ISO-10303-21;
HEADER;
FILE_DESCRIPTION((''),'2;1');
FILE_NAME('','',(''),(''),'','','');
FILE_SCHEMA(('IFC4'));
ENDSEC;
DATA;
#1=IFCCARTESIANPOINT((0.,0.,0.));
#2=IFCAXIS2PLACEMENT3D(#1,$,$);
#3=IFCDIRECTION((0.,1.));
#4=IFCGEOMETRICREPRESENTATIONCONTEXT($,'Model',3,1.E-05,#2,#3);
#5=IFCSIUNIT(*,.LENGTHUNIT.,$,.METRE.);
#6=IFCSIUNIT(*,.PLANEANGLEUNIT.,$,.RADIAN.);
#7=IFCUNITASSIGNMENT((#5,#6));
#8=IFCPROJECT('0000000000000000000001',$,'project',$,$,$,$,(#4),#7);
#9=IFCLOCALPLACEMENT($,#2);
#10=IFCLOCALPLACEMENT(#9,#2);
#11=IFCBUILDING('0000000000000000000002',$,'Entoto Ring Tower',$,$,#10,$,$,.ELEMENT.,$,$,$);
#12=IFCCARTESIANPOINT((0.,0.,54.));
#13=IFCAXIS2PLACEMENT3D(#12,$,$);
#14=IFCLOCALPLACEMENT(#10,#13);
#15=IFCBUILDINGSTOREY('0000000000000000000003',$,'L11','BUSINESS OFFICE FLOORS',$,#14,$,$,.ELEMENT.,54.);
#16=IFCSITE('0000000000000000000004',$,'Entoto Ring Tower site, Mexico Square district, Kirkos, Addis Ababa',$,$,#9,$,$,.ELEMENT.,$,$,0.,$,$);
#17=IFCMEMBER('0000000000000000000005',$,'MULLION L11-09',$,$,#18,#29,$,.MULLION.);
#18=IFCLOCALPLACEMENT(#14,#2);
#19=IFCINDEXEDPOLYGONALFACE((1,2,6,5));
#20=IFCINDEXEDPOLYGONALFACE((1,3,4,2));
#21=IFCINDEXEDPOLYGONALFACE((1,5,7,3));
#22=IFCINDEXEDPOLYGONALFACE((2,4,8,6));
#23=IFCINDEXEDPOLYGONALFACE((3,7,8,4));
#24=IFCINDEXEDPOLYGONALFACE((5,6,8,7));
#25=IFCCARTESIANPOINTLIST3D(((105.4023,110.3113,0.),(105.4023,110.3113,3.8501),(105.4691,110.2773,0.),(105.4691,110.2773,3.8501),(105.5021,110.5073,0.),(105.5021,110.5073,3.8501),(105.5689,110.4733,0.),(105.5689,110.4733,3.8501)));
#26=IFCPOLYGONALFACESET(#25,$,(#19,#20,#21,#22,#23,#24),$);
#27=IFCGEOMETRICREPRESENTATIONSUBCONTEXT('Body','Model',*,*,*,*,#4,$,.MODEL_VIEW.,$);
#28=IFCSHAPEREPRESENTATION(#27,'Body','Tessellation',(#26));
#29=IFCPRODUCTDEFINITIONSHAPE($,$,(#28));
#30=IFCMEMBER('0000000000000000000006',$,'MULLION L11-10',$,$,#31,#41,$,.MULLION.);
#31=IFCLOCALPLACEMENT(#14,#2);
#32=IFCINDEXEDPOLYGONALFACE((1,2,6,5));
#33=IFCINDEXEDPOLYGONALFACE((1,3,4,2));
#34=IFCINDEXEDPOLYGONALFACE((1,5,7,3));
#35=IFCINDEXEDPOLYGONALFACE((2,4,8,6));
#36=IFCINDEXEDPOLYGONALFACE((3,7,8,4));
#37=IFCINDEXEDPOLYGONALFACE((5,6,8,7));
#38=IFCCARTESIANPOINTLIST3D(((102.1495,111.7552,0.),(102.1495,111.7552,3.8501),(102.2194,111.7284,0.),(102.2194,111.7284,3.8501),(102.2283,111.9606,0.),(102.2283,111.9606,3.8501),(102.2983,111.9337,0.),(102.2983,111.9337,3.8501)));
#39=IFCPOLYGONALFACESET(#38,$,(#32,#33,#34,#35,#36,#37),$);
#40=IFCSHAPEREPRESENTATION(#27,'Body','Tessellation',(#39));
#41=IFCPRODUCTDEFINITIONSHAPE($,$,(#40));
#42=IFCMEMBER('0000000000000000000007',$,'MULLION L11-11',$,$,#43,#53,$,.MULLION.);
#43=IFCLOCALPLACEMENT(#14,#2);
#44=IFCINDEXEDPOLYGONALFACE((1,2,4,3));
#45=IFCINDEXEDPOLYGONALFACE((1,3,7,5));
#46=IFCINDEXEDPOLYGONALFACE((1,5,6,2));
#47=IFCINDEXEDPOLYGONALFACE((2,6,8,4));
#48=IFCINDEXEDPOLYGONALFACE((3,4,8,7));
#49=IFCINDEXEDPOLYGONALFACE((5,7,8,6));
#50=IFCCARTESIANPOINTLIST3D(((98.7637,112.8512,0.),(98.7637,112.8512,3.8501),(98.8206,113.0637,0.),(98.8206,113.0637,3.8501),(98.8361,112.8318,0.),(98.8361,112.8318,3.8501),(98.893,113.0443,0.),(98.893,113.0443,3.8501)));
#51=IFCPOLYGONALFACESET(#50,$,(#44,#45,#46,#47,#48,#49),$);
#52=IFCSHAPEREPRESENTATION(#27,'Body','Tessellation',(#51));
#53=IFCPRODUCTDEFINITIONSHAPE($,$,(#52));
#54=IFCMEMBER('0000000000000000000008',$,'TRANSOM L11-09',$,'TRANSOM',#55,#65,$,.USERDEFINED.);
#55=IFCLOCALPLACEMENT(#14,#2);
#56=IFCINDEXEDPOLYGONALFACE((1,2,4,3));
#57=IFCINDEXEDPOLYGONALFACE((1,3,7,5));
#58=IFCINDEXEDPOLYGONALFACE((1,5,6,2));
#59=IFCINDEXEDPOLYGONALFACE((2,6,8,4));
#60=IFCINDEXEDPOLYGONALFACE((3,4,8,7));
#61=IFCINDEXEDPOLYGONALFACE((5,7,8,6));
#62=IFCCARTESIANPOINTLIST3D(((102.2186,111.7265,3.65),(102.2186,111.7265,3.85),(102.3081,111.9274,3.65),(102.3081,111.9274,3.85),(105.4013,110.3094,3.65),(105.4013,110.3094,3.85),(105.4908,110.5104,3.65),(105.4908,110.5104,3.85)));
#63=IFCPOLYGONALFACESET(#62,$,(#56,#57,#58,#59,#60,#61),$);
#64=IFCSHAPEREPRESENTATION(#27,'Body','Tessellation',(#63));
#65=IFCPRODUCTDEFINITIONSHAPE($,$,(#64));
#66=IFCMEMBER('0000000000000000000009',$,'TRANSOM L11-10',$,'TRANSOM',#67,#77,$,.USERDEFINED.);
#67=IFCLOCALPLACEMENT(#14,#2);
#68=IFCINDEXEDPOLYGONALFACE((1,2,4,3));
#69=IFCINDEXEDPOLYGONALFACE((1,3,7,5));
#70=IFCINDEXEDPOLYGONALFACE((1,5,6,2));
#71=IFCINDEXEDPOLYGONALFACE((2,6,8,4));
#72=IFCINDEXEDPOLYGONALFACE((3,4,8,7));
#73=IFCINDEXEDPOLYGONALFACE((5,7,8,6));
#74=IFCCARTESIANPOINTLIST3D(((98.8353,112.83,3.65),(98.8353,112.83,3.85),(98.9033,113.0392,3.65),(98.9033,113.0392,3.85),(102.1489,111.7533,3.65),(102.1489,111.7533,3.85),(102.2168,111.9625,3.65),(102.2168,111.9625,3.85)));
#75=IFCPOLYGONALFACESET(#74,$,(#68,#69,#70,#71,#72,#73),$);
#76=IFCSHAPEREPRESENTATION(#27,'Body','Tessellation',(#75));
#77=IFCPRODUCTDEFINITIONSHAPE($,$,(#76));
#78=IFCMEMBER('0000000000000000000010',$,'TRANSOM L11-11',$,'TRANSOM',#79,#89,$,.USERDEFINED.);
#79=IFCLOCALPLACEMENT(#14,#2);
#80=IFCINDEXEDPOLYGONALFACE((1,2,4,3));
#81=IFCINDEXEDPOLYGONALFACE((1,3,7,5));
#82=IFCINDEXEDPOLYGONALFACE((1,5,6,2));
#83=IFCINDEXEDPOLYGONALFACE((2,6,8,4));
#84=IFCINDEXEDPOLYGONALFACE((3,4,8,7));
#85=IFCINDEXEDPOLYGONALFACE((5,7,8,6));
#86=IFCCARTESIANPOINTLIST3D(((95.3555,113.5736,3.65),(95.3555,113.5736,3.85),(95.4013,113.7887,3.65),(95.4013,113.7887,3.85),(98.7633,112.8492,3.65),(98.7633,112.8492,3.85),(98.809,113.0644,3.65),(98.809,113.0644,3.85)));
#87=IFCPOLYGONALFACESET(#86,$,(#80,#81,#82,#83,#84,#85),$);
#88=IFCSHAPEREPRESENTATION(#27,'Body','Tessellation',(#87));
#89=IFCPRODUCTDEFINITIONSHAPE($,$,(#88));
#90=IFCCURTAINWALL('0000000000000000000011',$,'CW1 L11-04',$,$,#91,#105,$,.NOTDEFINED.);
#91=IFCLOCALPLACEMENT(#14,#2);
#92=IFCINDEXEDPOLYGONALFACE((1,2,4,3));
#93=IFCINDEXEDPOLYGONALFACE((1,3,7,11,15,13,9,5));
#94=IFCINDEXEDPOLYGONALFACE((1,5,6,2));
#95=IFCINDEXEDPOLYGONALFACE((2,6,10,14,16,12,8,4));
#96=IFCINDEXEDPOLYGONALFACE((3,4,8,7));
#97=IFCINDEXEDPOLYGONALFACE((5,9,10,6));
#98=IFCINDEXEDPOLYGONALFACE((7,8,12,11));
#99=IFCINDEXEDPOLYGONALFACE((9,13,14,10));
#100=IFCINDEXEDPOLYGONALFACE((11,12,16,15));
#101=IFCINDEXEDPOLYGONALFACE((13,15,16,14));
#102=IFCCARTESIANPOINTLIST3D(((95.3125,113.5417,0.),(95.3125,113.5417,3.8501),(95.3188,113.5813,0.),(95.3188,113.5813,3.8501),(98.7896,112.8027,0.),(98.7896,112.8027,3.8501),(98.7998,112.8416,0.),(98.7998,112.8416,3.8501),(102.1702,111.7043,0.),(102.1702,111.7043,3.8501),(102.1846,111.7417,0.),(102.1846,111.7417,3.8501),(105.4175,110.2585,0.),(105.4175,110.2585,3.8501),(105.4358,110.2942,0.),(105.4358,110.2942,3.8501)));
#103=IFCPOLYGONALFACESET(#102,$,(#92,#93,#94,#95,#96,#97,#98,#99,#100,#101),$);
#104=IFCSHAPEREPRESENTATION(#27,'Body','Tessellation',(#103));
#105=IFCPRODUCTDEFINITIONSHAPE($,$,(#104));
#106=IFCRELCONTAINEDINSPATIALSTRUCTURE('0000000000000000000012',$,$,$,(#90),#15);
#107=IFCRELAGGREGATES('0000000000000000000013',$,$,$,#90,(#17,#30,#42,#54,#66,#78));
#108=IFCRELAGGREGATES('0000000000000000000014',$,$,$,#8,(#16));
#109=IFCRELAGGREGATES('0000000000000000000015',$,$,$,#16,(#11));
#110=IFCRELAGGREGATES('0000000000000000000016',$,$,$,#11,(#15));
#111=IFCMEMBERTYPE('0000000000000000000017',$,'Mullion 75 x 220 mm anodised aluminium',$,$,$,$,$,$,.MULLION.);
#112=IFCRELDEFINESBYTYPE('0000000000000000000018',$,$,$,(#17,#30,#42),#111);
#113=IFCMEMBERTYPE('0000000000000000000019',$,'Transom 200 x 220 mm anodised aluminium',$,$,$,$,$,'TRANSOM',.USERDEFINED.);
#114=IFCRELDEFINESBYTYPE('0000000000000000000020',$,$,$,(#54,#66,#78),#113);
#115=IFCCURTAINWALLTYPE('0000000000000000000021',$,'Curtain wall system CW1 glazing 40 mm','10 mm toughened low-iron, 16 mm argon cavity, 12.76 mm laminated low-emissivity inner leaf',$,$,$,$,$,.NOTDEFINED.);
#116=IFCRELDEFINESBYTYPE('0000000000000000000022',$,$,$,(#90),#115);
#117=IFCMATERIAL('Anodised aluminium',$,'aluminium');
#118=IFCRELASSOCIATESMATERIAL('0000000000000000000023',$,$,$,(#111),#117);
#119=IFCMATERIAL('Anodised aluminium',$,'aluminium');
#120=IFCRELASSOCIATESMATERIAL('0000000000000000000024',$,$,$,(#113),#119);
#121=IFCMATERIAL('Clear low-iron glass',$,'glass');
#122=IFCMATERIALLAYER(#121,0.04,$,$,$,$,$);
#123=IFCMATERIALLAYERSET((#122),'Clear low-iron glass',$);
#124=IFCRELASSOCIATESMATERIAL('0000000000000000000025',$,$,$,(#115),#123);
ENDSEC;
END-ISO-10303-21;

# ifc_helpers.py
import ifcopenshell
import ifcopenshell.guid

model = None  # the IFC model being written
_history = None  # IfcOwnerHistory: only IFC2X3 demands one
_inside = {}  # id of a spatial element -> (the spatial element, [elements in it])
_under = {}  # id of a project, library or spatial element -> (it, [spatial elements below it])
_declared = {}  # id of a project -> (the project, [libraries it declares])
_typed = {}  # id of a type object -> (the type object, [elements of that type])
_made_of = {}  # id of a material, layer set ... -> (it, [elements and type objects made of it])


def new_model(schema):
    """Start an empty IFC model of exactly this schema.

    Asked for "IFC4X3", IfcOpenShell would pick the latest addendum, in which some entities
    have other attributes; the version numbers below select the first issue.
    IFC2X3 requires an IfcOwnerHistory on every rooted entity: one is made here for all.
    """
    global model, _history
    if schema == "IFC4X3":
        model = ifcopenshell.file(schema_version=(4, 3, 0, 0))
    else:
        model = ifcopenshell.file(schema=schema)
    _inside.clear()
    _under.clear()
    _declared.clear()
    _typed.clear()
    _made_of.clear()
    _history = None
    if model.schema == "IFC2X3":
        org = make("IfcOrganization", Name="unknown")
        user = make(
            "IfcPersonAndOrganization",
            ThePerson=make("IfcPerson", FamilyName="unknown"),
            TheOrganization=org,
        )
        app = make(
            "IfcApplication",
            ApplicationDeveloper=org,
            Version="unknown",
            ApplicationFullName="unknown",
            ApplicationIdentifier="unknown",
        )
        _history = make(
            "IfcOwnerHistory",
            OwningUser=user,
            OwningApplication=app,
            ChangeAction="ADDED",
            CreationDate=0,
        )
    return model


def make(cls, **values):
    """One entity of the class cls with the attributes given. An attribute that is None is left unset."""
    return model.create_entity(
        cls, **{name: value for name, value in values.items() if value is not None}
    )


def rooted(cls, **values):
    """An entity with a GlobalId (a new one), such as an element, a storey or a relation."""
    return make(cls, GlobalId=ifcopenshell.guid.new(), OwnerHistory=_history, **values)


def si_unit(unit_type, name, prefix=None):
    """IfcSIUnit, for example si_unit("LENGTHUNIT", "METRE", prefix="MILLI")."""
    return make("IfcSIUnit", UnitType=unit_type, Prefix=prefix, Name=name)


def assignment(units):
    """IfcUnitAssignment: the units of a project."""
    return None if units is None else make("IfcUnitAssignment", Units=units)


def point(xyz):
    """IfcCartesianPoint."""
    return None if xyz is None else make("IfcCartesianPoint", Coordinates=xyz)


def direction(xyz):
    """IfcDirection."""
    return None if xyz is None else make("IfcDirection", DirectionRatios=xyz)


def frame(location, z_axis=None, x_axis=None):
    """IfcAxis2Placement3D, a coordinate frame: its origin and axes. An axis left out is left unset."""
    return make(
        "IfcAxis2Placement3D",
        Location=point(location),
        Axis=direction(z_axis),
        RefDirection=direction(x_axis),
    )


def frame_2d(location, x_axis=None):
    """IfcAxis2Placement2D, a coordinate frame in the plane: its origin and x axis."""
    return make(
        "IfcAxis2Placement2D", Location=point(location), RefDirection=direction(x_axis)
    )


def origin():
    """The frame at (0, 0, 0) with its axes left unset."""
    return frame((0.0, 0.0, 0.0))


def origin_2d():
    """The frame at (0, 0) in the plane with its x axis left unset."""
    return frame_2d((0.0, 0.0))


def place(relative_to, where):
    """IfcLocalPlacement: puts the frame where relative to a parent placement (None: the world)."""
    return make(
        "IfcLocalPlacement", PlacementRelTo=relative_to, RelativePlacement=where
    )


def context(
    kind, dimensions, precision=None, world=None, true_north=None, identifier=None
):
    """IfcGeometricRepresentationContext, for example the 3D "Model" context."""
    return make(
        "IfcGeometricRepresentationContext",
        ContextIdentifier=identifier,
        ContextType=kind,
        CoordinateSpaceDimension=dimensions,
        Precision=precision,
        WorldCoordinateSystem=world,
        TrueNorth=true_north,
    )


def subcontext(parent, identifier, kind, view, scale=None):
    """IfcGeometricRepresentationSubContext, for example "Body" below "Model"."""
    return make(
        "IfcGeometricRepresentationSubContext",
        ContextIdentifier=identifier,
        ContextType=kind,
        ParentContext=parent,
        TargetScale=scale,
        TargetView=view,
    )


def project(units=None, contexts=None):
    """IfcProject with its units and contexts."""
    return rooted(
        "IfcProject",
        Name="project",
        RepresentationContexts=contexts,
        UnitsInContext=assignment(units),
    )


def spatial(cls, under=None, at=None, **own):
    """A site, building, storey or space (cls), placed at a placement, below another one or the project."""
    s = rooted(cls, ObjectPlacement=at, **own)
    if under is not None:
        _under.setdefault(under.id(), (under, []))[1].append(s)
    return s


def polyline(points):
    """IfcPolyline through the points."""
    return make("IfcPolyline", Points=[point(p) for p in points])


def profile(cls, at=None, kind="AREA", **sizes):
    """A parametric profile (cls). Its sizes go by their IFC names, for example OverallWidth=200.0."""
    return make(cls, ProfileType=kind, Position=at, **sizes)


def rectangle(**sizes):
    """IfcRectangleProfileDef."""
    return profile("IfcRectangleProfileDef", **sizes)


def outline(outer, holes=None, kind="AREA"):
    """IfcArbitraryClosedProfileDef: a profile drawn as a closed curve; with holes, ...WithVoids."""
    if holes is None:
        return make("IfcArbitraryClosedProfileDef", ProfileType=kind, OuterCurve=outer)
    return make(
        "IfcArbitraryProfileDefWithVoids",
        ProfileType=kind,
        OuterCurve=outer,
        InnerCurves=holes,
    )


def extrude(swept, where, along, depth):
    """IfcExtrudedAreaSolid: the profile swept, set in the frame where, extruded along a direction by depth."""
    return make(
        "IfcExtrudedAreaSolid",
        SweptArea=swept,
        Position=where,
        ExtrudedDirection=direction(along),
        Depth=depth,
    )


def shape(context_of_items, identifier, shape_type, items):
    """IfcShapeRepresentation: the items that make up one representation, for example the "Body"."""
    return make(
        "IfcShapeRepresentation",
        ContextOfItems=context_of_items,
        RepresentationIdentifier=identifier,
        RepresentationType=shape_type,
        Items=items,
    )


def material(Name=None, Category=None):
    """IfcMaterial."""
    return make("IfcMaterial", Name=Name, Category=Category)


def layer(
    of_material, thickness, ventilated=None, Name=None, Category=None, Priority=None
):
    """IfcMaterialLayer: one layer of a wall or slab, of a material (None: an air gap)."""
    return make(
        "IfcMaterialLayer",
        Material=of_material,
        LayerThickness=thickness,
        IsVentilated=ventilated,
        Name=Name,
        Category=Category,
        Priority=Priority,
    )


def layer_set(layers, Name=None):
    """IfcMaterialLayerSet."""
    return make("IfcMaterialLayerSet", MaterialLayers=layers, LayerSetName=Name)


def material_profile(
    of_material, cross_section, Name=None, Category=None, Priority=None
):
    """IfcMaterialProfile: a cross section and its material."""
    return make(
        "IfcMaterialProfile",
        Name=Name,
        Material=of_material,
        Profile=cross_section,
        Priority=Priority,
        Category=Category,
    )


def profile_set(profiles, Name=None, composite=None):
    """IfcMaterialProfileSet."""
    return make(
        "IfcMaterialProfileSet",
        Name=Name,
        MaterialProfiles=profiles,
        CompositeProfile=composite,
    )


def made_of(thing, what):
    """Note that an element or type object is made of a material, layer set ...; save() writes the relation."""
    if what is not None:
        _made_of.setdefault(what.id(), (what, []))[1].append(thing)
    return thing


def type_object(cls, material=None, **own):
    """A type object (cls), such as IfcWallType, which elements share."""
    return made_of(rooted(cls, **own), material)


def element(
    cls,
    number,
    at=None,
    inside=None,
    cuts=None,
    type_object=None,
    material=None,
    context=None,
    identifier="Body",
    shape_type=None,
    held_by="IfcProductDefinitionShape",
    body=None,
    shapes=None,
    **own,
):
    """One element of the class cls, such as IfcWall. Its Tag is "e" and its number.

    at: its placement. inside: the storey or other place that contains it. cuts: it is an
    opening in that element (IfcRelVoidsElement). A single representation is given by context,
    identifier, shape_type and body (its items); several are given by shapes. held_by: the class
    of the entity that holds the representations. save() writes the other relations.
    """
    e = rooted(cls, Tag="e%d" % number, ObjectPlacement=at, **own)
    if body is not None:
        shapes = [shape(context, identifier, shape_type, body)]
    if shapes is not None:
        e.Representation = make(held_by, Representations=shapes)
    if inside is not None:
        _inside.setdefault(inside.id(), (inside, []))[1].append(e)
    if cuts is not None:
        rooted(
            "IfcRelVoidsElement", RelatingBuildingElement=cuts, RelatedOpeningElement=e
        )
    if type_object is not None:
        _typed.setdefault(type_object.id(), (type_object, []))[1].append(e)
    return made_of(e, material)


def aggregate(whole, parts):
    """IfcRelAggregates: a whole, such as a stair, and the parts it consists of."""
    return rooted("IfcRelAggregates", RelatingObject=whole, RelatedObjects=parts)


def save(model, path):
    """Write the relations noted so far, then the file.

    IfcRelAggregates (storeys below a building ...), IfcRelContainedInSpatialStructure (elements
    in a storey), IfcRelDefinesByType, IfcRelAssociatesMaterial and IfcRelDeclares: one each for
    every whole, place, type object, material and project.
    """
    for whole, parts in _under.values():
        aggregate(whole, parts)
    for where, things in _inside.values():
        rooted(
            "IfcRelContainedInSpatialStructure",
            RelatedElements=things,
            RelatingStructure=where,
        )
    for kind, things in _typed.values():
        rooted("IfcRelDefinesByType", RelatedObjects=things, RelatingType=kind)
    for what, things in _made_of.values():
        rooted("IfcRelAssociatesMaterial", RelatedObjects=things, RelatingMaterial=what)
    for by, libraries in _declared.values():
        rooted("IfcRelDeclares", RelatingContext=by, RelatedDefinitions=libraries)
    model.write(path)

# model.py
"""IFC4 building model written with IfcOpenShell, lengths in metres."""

from ifc_helpers import new_model, si_unit, direction, frame, origin, origin_2d, place, context, subcontext, project, spatial, polyline, rectangle, outline, extrude, material, layer, layer_set, material_profile, profile_set, type_object, element, aggregate, save


model = new_model("IFC4")

# Units and contexts
model_context = context("Model", 3, precision=1e-05, world=origin(), true_north=direction((0.0, 1.0)))
body_context = subcontext(model_context, "Body", "Model", "MODEL_VIEW")
ifc_project = project(units=[si_unit("LENGTHUNIT", "METRE"), si_unit("PLANEANGLEUNIT", "RADIAN")], contexts=[model_context])

# Members
ifc_material_1 = material(Name="Anodised aluminium", Category="aluminium")
ifc_material_profile_1 = material_profile(ifc_material_1, rectangle(XDim=0.075, YDim=0.22, at=origin_2d()), Name="Mullion 75 x 220 mm anodised aluminium")
ifc_profile_set_1 = profile_set([ifc_material_profile_1], Name="Anodised aluminium")
member_type_1 = type_object("IfcMemberType", Name="Mullion 75 x 220 mm anodised aluminium", PredefinedType="MULLION", material=ifc_profile_set_1)
site_placement = place(None, origin())
building_placement = place(site_placement, origin())
storey_placement = place(building_placement, frame((0.0, 0.0, 54.0)))
member_1_placement = place(storey_placement, frame((105.4856, 110.3923, 0.0), z_axis=(0.0, 0.0, 1.0), x_axis=(-0.891007, 0.45399, 0.0)))
member_1 = element("IfcMember", 1, at=member_1_placement, type_object=member_type_1, Name="MULLION L11-09", PredefinedType="MULLION", context=body_context, shape_type="SweptSolid", body=[
    extrude(rectangle(XDim=0.075, YDim=0.22, at=origin_2d()), origin(), (0.0, 0.0, 1.0), 3.8501),
])
member_2_placement = place(storey_placement, frame((102.2239, 111.8445, 0.0), z_axis=(0.0, 0.0, 1.0), x_axis=(-0.93358, 0.358368, 0.0)))
member_2 = element("IfcMember", 2, at=member_2_placement, type_object=member_type_1, Name="MULLION L11-10", PredefinedType="MULLION", context=body_context, shape_type="SweptSolid", body=[
    extrude(rectangle(XDim=0.075, YDim=0.22, at=origin_2d()), origin(), (0.0, 0.0, 1.0), 3.8501),
])
member_3_placement = place(storey_placement, frame((98.8284, 112.9478, 0.0), z_axis=(0.0, 0.0, 1.0), x_axis=(-0.965926, 0.258819, 0.0)))
member_3 = element("IfcMember", 3, at=member_3_placement, type_object=member_type_1, Name="MULLION L11-11", PredefinedType="MULLION", context=body_context, shape_type="SweptSolid", body=[
    extrude(rectangle(XDim=0.075, YDim=0.22, at=origin_2d()), origin(), (0.0, 0.0, 1.0), 3.8501),
])
ifc_material_2 = material(Name="Anodised aluminium", Category="aluminium")
ifc_material_profile_2 = material_profile(ifc_material_2, rectangle(XDim=0.22, YDim=0.2, at=origin_2d()), Name="Transom 200 x 220 mm anodised aluminium")
ifc_profile_set_2 = profile_set([ifc_material_profile_2], Name="Anodised aluminium")
member_type_2 = type_object("IfcMemberType", Name="Transom 200 x 220 mm anodised aluminium", ElementType="TRANSOM", PredefinedType="USERDEFINED", material=ifc_profile_set_2)
member_4_placement = place(storey_placement, frame((105.446, 110.4099, 3.75), z_axis=(-0.913545, 0.406737, 0.0), x_axis=(-0.406737, -0.913545, 0.0)))
member_4 = element("IfcMember", 4, at=member_4_placement, type_object=member_type_2, Name="TRANSOM L11-09", ObjectType="TRANSOM", PredefinedType="USERDEFINED", context=body_context, shape_type="SweptSolid", body=[
    extrude(rectangle(XDim=0.22, YDim=0.2, at=origin_2d()), origin(), (0.0, 0.0, 1.0), 3.4839),
])
member_5_placement = place(storey_placement, frame((102.1829, 111.8579, 3.75), z_axis=(-0.951053, 0.309029, 0.0), x_axis=(-0.309029, -0.951053, 0.0)))
member_5 = element("IfcMember", 5, at=member_5_placement, type_object=member_type_2, Name="TRANSOM L11-10", ObjectType="TRANSOM", PredefinedType="USERDEFINED", context=body_context, shape_type="SweptSolid", body=[
    extrude(rectangle(XDim=0.22, YDim=0.2, at=origin_2d()), origin(), (0.0, 0.0, 1.0), 3.4841),
])
member_6_placement = place(storey_placement, frame((98.7861, 112.9568, 3.75), z_axis=(-0.978146, 0.207921, 0.0), x_axis=(-0.207921, -0.978146, 0.0)))
member_6 = element("IfcMember", 6, at=member_6_placement, type_object=member_type_2, Name="TRANSOM L11-11", ObjectType="TRANSOM", PredefinedType="USERDEFINED", context=body_context, shape_type="SweptSolid", body=[
    extrude(rectangle(XDim=0.22, YDim=0.2, at=origin_2d()), origin(), (0.0, 0.0, 1.0), 3.4839),
])

# Site, building, storey
site = spatial("IfcSite", under=ifc_project, at=site_placement, Name="Entoto Ring Tower site, Mexico Square district, Kirkos, Addis Ababa", CompositionType="ELEMENT", RefElevation=0.0)
building = spatial("IfcBuilding", under=site, at=building_placement, Name="Entoto Ring Tower", CompositionType="ELEMENT")
storey = spatial("IfcBuildingStorey", under=building, at=storey_placement, Name="L11", Description="BUSINESS OFFICE FLOORS", CompositionType="ELEMENT", Elevation=54.0)

# Curtain wall
ifc_material_3 = material(Name="Clear low-iron glass", Category="glass")
ifc_layer = layer(ifc_material_3, 0.04)
ifc_layer_set = layer_set([ifc_layer], Name="Clear low-iron glass")
curtain_wall_type = type_object("IfcCurtainWallType", Name="Curtain wall system CW1 glazing 40 mm", Description="10 mm toughened low-iron, 16 mm argon cavity, 12.76 mm laminated low-emissivity inner leaf", PredefinedType="NOTDEFINED", material=ifc_layer_set)
curtain_wall_1_placement = place(storey_placement, origin())
curtain_wall_1 = element("IfcCurtainWall", 7, at=curtain_wall_1_placement, inside=storey, type_object=curtain_wall_type, Name="CW1 L11-04", PredefinedType="NOTDEFINED", context=body_context, shape_type="SweptSolid", body=[
    extrude(outline(polyline([(105.4358, 110.2942), (102.1846, 111.7417), (98.7998, 112.8416), (95.3188, 113.5813), (95.3125, 113.5417), (98.7896, 112.8027), (102.1702, 111.7043), (105.4175, 110.2585), (105.4358, 110.2942)])), origin(), (0.0, 0.0, 1.0), 3.8501),
])
aggregate(curtain_wall_1, [member_1, member_2, member_3, member_4, member_5, member_6])

save(model, "model.ifc")
